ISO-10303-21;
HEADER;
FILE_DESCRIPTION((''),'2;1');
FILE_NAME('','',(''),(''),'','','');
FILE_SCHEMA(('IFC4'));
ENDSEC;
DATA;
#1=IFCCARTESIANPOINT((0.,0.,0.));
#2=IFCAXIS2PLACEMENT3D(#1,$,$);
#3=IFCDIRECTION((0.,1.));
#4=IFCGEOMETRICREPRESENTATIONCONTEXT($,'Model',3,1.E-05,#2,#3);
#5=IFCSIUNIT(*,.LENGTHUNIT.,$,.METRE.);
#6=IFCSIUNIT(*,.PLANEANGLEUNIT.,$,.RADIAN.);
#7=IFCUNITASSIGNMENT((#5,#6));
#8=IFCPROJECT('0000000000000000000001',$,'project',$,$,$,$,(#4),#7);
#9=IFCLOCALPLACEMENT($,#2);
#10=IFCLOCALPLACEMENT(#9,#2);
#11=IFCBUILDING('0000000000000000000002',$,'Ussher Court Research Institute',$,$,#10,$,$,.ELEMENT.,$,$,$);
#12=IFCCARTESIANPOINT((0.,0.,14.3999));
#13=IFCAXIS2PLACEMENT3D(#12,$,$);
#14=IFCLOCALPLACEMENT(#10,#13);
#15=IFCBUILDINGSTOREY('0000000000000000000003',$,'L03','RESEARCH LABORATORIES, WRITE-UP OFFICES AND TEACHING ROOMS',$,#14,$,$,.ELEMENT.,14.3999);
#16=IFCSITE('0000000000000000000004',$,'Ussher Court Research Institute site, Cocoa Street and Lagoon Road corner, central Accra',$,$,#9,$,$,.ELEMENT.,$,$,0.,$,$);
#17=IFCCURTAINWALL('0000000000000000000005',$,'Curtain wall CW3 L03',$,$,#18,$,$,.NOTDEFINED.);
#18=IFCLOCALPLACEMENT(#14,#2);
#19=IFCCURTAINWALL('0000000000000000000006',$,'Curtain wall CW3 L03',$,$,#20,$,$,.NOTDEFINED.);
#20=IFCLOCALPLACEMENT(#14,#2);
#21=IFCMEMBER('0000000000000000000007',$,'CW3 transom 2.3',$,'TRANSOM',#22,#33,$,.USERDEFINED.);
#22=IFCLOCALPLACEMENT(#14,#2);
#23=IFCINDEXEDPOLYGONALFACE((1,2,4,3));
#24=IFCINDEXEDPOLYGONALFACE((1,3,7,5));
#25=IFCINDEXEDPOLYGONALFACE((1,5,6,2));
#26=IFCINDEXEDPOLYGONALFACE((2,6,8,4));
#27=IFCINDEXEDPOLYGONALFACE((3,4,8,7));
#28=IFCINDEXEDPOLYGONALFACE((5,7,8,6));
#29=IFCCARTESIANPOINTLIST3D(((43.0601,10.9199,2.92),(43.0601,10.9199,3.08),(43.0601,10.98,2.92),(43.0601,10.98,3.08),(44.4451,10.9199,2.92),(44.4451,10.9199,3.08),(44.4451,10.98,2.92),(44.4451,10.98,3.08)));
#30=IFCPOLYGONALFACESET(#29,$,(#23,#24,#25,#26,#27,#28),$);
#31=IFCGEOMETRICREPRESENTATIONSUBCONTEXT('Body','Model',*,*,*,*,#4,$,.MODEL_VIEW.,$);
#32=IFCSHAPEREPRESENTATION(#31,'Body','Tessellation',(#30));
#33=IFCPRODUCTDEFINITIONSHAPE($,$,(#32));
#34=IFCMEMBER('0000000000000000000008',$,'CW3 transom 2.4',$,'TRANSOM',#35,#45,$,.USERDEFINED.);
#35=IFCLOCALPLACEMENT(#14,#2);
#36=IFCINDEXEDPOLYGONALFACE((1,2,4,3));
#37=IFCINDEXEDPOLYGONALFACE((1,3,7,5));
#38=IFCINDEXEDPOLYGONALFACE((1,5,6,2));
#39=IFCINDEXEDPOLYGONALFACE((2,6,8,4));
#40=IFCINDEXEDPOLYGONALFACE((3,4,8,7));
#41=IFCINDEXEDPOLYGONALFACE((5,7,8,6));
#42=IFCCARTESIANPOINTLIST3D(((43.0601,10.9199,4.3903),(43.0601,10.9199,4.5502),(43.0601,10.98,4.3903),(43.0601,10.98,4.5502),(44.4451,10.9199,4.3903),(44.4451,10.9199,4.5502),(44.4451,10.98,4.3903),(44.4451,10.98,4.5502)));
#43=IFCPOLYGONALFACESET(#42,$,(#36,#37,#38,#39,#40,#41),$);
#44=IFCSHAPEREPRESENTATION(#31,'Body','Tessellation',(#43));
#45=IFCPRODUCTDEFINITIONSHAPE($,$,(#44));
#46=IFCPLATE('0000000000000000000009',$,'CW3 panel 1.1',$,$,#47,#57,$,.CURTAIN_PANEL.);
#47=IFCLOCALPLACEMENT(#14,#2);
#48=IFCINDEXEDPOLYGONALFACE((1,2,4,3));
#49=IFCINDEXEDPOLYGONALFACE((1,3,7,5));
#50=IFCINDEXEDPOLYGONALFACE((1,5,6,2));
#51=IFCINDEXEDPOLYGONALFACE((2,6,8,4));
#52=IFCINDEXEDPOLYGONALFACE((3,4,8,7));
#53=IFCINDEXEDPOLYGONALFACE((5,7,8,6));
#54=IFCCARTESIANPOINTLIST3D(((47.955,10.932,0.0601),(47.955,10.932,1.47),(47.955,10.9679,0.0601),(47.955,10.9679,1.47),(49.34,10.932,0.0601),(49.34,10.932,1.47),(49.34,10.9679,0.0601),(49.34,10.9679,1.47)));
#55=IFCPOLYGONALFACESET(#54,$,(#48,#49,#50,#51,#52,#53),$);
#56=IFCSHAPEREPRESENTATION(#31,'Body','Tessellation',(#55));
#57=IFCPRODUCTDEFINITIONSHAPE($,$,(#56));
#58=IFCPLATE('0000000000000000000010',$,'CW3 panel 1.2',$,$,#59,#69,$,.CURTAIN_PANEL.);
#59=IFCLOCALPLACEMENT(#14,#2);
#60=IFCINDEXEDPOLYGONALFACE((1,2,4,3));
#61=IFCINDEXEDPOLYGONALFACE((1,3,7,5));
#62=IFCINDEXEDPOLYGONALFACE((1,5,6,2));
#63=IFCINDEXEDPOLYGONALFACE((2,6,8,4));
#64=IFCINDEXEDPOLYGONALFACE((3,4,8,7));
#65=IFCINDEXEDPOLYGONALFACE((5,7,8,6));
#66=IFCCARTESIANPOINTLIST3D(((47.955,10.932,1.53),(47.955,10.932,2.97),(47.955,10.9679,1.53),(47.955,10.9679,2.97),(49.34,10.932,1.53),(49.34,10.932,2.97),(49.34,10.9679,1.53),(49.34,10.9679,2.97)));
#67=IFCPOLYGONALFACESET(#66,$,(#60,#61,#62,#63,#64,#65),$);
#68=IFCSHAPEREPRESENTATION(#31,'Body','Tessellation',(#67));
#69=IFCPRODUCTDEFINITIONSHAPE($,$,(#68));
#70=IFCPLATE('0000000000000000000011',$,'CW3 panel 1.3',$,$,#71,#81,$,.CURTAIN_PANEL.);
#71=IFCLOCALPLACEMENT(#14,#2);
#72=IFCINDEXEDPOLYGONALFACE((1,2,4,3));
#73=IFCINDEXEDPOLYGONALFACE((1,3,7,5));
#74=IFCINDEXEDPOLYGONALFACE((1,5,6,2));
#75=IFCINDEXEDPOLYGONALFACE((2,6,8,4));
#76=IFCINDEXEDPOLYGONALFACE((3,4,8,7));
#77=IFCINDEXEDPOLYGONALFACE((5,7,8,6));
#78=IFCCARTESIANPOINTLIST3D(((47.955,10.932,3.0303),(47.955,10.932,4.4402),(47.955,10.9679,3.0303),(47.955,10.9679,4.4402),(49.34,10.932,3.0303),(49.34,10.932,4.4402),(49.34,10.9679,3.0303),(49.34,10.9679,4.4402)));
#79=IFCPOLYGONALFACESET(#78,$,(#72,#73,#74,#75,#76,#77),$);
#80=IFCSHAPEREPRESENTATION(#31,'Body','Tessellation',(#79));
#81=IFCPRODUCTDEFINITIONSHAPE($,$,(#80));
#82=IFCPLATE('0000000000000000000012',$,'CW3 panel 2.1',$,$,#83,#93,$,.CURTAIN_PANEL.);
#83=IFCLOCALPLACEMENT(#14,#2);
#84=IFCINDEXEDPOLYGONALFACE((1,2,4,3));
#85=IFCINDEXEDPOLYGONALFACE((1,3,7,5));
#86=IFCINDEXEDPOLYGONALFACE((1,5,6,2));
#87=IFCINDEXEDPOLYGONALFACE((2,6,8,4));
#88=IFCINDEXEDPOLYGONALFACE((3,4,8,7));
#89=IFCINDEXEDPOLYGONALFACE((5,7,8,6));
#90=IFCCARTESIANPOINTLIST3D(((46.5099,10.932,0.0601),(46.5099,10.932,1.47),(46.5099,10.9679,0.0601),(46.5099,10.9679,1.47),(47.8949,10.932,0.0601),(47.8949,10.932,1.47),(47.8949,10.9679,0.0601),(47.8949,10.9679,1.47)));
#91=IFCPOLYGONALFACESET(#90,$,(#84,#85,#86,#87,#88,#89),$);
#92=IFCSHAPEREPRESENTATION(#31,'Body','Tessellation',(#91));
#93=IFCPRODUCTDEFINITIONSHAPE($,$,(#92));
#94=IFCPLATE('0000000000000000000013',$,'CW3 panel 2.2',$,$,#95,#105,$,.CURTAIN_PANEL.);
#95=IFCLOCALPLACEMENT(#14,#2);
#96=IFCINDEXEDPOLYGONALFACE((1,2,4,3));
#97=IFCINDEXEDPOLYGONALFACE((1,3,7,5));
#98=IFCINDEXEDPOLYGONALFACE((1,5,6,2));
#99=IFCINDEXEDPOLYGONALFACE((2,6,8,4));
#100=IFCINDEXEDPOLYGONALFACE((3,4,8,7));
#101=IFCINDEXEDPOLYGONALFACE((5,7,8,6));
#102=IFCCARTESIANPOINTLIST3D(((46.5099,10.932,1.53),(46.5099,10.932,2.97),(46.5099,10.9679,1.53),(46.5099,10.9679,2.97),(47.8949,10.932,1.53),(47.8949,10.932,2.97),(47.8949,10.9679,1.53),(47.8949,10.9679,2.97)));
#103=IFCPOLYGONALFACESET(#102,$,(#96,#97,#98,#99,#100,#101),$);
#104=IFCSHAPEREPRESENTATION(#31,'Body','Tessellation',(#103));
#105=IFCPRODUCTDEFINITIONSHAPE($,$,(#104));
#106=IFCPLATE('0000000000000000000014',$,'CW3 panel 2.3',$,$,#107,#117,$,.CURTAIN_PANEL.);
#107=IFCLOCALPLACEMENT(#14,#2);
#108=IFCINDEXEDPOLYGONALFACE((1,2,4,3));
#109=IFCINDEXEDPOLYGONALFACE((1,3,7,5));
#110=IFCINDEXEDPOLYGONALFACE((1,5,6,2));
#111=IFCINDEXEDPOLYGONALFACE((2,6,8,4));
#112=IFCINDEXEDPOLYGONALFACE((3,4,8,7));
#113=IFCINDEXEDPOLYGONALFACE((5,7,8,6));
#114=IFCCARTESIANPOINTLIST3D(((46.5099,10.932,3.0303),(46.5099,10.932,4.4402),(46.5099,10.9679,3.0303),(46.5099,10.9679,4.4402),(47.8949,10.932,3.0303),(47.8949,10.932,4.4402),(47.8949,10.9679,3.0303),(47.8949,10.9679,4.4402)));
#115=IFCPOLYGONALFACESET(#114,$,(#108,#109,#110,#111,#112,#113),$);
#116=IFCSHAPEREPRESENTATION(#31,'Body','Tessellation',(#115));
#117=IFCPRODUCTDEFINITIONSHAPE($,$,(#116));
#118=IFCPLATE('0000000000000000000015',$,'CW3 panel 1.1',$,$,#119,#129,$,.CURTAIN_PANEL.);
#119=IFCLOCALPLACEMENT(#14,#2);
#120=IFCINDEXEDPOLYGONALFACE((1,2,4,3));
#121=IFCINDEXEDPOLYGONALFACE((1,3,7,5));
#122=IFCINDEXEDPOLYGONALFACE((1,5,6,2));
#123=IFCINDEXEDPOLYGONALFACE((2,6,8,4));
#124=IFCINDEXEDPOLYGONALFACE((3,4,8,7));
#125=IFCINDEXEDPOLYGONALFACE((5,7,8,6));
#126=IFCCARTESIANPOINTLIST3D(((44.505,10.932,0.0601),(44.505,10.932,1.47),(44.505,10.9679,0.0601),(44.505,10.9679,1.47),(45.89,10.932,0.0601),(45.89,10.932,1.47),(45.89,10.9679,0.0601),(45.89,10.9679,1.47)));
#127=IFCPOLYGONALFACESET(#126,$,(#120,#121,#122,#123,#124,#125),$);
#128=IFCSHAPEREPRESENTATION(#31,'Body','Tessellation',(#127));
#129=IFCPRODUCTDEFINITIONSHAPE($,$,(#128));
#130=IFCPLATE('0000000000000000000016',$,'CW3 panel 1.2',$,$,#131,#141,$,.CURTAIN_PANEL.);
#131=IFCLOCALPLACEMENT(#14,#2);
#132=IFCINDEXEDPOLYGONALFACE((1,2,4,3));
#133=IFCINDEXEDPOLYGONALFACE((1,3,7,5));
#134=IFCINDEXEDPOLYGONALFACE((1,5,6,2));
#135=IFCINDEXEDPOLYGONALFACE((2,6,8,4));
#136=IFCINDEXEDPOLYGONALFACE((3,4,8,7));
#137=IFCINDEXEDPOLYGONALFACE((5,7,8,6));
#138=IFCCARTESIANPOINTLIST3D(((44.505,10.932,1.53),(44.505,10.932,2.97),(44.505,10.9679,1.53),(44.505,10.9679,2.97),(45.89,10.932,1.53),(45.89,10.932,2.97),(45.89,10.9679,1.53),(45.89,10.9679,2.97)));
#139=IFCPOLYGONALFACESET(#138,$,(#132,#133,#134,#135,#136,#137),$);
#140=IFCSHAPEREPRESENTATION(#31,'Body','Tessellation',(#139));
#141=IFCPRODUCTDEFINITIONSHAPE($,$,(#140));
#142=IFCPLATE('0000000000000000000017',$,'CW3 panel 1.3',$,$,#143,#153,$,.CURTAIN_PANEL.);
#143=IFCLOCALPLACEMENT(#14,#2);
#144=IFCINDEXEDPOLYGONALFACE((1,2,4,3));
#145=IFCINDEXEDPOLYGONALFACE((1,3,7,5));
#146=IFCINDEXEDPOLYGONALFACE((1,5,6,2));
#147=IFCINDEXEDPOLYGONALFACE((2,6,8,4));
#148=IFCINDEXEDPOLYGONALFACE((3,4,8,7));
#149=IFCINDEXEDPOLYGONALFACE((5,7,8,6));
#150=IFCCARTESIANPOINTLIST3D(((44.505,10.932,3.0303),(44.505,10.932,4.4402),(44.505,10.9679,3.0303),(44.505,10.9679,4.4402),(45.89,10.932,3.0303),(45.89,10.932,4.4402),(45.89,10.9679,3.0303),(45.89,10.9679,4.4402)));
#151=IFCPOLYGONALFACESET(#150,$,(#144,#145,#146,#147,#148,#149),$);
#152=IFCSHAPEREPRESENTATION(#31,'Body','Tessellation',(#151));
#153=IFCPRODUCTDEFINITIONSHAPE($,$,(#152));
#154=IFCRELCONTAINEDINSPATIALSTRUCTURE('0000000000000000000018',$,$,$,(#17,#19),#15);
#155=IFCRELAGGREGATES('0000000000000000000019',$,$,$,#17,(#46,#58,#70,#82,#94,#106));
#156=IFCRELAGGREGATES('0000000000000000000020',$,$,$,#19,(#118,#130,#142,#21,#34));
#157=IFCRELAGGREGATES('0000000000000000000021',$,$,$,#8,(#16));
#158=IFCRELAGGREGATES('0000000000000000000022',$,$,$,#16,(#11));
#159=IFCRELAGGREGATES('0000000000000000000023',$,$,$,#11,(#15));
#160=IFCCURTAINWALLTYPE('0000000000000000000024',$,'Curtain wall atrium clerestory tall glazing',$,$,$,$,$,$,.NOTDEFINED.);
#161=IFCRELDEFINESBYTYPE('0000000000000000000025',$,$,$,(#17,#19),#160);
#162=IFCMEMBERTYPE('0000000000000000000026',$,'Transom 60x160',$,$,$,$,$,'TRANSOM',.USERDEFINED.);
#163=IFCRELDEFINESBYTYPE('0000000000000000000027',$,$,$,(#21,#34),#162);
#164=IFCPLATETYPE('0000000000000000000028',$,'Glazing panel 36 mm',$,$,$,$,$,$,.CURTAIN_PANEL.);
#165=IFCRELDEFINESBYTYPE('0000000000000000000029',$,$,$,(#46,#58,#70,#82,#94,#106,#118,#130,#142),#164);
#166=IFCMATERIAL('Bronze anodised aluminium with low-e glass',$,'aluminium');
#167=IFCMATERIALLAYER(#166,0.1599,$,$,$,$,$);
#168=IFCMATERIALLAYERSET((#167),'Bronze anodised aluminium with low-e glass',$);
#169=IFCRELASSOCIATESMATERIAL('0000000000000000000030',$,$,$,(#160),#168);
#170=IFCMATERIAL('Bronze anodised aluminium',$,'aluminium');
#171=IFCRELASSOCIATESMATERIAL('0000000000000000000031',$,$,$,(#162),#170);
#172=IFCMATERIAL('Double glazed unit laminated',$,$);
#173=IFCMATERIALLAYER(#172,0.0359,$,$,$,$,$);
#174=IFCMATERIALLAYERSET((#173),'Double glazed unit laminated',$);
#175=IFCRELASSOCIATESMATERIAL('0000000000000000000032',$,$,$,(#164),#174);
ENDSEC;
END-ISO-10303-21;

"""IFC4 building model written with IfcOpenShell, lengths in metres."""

from ifc_helpers import new_model, si_unit, direction, frame, origin, origin_2d, place, context, subcontext, project, spatial, rectangle, extrude, material, layer, layer_set, material_profile, profile_set, type_object, element, aggregate, save


model = new_model("IFC4")

# Units and contexts
model_context = context("Model", 3, precision=1e-05, world=origin(), true_north=direction((0.0, 1.0)))
body_context = subcontext(model_context, "Body", "Model", "MODEL_VIEW")
ifc_project = project(units=[si_unit("LENGTHUNIT", "METRE"), si_unit("PLANEANGLEUNIT", "RADIAN")], contexts=[model_context])

# Site, building, storey
site_placement = place(None, origin())
site = spatial("IfcSite", under=ifc_project, at=site_placement, Name="Ussher Court Research Institute site, Cocoa Street and Lagoon Road corner, central Accra", CompositionType="ELEMENT", RefElevation=0.0)
building_placement = place(site_placement, origin())
building = spatial("IfcBuilding", under=site, at=building_placement, Name="Ussher Court Research Institute", CompositionType="ELEMENT")
storey_placement = place(building_placement, frame((0.0, 0.0, 14.3999)))
storey = spatial("IfcBuildingStorey", under=building, at=storey_placement, Name="L03", Description="RESEARCH LABORATORIES, WRITE-UP OFFICES AND TEACHING ROOMS", CompositionType="ELEMENT", Elevation=14.3999)

# Curtain walls
ifc_material_1 = material(Name="Bronze anodised aluminium with low-e glass", Category="aluminium")
ifc_layer_1 = layer(ifc_material_1, 0.1599)
ifc_layer_set_1 = layer_set([ifc_layer_1], Name="Bronze anodised aluminium with low-e glass")
curtain_wall_type = type_object("IfcCurtainWallType", Name="Curtain wall atrium clerestory tall glazing", PredefinedType="NOTDEFINED", material=ifc_layer_set_1)
curtain_wall_1_placement = place(storey_placement, origin())
curtain_wall_1 = element("IfcCurtainWall", 1, at=curtain_wall_1_placement, inside=storey, type_object=curtain_wall_type, Name="Curtain wall CW3 L03", PredefinedType="NOTDEFINED")
curtain_wall_2_placement = place(storey_placement, origin())
curtain_wall_2 = element("IfcCurtainWall", 2, at=curtain_wall_2_placement, inside=storey, type_object=curtain_wall_type, Name="Curtain wall CW3 L03", PredefinedType="NOTDEFINED")

# Members
ifc_material_2 = material(Name="Bronze anodised aluminium", Category="aluminium")
ifc_material_profile_1 = material_profile(ifc_material_2, rectangle(XDim=0.0601, YDim=0.1599, at=origin_2d()), Name="Transom 60x160")
ifc_profile_set_1 = profile_set([ifc_material_profile_1], Name="Bronze anodised aluminium")
member_type_1 = type_object("IfcMemberType", Name="Transom 60x160", ElementType="TRANSOM", PredefinedType="USERDEFINED", material=ifc_profile_set_1)
member_1_placement = place(storey_placement, frame((44.4451, 10.95, 3.0), z_axis=(-1.0, 0.0, 0.0), x_axis=(0.0, -1.0, 0.0)))
member_1 = element("IfcMember", 3, at=member_1_placement, type_object=member_type_1, Name="CW3 transom 2.3", ObjectType="TRANSOM", PredefinedType="USERDEFINED", context=body_context, shape_type="SweptSolid", body=[
    extrude(rectangle(XDim=0.0601, YDim=0.1599, at=origin_2d()), origin(), (0.0, 0.0, 1.0), 1.385),
])
member_2_placement = place(storey_placement, frame((44.4451, 10.95, 4.4702), z_axis=(-1.0, 0.0, 0.0), x_axis=(0.0, -1.0, 0.0)))
member_2 = element("IfcMember", 4, at=member_2_placement, type_object=member_type_1, Name="CW3 transom 2.4", ObjectType="TRANSOM", PredefinedType="USERDEFINED", context=body_context, shape_type="SweptSolid", body=[
    extrude(rectangle(XDim=0.0601, YDim=0.1599, at=origin_2d()), origin(), (0.0, 0.0, 1.0), 1.385),
])

# Plates
ifc_material_3 = material(Name="Double glazed unit laminated")
ifc_layer_2 = layer(ifc_material_3, 0.0359)
ifc_layer_set_2 = layer_set([ifc_layer_2], Name="Double glazed unit laminated")
plate_type = type_object("IfcPlateType", Name="Glazing panel 36 mm", PredefinedType="CURTAIN_PANEL", material=ifc_layer_set_2)
plate_1_placement = place(storey_placement, frame((48.6475, 10.95, 0.0601), z_axis=(0.0, 0.0, 1.0), x_axis=(-1.0, 0.0, 0.0)))
plate_1 = element("IfcPlate", 5, at=plate_1_placement, type_object=plate_type, Name="CW3 panel 1.1", PredefinedType="CURTAIN_PANEL", context=body_context, shape_type="SweptSolid", body=[
    extrude(rectangle(XDim=1.385, YDim=0.0359, at=origin_2d()), origin(), (0.0, 0.0, 1.0), 1.4099),
])
plate_2_placement = place(storey_placement, frame((48.6475, 10.95, 1.53), z_axis=(0.0, 0.0, 1.0), x_axis=(-1.0, 0.0, 0.0)))
plate_2 = element("IfcPlate", 6, at=plate_2_placement, type_object=plate_type, Name="CW3 panel 1.2", PredefinedType="CURTAIN_PANEL", context=body_context, shape_type="SweptSolid", body=[
    extrude(rectangle(XDim=1.385, YDim=0.0359, at=origin_2d()), origin(), (0.0, 0.0, 1.0), 1.4399),
])
plate_3_placement = place(storey_placement, frame((48.6475, 10.95, 3.0303), z_axis=(0.0, 0.0, 1.0), x_axis=(-1.0, 0.0, 0.0)))
plate_3 = element("IfcPlate", 7, at=plate_3_placement, type_object=plate_type, Name="CW3 panel 1.3", PredefinedType="CURTAIN_PANEL", context=body_context, shape_type="SweptSolid", body=[
    extrude(rectangle(XDim=1.385, YDim=0.0359, at=origin_2d()), origin(), (0.0, 0.0, 1.0), 1.4099),
])
plate_4_placement = place(storey_placement, frame((47.2024, 10.95, 0.0601), z_axis=(0.0, 0.0, 1.0), x_axis=(-1.0, 0.0, 0.0)))
plate_4 = element("IfcPlate", 8, at=plate_4_placement, type_object=plate_type, Name="CW3 panel 2.1", PredefinedType="CURTAIN_PANEL", context=body_context, shape_type="SweptSolid", body=[
    extrude(rectangle(XDim=1.385, YDim=0.0359, at=origin_2d()), origin(), (0.0, 0.0, 1.0), 1.4099),
])
plate_5_placement = place(storey_placement, frame((47.2024, 10.95, 1.53), z_axis=(0.0, 0.0, 1.0), x_axis=(-1.0, 0.0, 0.0)))
plate_5 = element("IfcPlate", 9, at=plate_5_placement, type_object=plate_type, Name="CW3 panel 2.2", PredefinedType="CURTAIN_PANEL", context=body_context, shape_type="SweptSolid", body=[
    extrude(rectangle(XDim=1.385, YDim=0.0359, at=origin_2d()), origin(), (0.0, 0.0, 1.0), 1.4399),
])
plate_6_placement = place(storey_placement, frame((47.2024, 10.95, 3.0303), z_axis=(0.0, 0.0, 1.0), x_axis=(-1.0, 0.0, 0.0)))
plate_6 = element("IfcPlate", 10, at=plate_6_placement, type_object=plate_type, Name="CW3 panel 2.3", PredefinedType="CURTAIN_PANEL", context=body_context, shape_type="SweptSolid", body=[
    extrude(rectangle(XDim=1.385, YDim=0.0359, at=origin_2d()), origin(), (0.0, 0.0, 1.0), 1.4099),
])
aggregate(curtain_wall_1, [plate_1, plate_2, plate_3, plate_4, plate_5, plate_6])
plate_7_placement = place(storey_placement, frame((45.1975, 10.95, 0.0601), z_axis=(0.0, 0.0, 1.0), x_axis=(-1.0, 0.0, 0.0)))
plate_7 = element("IfcPlate", 11, at=plate_7_placement, type_object=plate_type, Name="CW3 panel 1.1", PredefinedType="CURTAIN_PANEL", context=body_context, shape_type="SweptSolid", body=[
    extrude(rectangle(XDim=1.385, YDim=0.0359, at=origin_2d()), origin(), (0.0, 0.0, 1.0), 1.4099),
])
plate_8_placement = place(storey_placement, frame((45.1975, 10.95, 1.53), z_axis=(0.0, 0.0, 1.0), x_axis=(-1.0, 0.0, 0.0)))
plate_8 = element("IfcPlate", 12, at=plate_8_placement, type_object=plate_type, Name="CW3 panel 1.2", PredefinedType="CURTAIN_PANEL", context=body_context, shape_type="SweptSolid", body=[
    extrude(rectangle(XDim=1.385, YDim=0.0359, at=origin_2d()), origin(), (0.0, 0.0, 1.0), 1.4399),
])
plate_9_placement = place(storey_placement, frame((45.1975, 10.95, 3.0303), z_axis=(0.0, 0.0, 1.0), x_axis=(-1.0, 0.0, 0.0)))
plate_9 = element("IfcPlate", 13, at=plate_9_placement, type_object=plate_type, Name="CW3 panel 1.3", PredefinedType="CURTAIN_PANEL", context=body_context, shape_type="SweptSolid", body=[
    extrude(rectangle(XDim=1.385, YDim=0.0359, at=origin_2d()), origin(), (0.0, 0.0, 1.0), 1.4099),
])
aggregate(curtain_wall_2, [plate_7, plate_8, plate_9, member_1, member_2])

save(model, "model.ifc")
